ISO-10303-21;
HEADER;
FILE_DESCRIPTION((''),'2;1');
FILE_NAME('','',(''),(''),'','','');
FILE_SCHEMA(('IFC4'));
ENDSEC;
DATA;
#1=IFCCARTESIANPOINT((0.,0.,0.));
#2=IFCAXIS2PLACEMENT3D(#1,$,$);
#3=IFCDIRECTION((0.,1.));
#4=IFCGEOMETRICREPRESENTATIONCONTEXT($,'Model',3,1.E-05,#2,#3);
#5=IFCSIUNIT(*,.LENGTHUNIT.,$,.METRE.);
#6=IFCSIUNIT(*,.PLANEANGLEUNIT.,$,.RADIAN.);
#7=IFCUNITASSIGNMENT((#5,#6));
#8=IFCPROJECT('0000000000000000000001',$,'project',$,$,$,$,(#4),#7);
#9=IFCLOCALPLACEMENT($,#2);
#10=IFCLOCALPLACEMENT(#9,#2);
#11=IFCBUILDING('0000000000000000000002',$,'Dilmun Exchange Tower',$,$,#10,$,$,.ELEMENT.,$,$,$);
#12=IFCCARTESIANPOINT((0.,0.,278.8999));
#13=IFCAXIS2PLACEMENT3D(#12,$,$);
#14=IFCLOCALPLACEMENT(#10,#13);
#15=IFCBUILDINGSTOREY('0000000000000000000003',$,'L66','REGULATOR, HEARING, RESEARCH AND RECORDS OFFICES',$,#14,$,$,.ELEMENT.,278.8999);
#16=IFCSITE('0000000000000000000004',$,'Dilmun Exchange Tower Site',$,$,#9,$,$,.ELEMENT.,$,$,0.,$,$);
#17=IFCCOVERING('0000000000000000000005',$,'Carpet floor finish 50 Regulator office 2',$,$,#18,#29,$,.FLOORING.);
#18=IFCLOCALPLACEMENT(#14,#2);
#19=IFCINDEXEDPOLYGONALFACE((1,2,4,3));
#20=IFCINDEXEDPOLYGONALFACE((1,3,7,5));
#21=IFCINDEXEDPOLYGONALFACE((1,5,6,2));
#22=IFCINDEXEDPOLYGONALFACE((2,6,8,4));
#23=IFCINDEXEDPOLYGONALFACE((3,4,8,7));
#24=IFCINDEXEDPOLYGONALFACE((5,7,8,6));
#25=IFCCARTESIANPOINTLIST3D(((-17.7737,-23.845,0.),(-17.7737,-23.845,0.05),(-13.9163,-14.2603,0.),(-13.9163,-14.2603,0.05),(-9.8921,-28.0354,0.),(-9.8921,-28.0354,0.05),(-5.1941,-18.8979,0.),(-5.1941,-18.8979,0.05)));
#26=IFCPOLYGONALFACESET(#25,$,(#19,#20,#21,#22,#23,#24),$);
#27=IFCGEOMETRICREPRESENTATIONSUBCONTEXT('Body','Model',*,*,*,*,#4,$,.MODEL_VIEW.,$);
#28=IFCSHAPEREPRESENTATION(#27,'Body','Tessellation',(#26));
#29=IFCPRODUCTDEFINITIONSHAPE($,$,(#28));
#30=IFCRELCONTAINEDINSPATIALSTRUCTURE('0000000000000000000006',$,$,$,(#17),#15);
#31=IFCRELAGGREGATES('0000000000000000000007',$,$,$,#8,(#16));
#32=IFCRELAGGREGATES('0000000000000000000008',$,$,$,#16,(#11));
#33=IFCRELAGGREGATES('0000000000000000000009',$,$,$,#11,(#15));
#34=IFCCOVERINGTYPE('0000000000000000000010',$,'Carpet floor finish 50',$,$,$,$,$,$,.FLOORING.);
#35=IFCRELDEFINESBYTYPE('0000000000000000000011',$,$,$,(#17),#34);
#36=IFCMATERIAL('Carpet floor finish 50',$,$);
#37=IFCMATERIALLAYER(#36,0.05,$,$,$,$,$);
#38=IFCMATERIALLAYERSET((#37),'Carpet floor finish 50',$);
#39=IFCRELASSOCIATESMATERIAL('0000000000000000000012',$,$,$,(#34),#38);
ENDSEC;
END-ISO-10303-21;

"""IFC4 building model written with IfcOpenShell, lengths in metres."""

from ifc_helpers import new_model, si_unit, direction, frame, origin, place, context, subcontext, project, spatial, polyline, outline, extrude, material, layer, layer_set, type_object, element, save


model = new_model("IFC4")

# Units and contexts
model_context = context("Model", 3, precision=1e-05, world=origin(), true_north=direction((0.0, 1.0)))
body_context = subcontext(model_context, "Body", "Model", "MODEL_VIEW")
ifc_project = project(units=[si_unit("LENGTHUNIT", "METRE"), si_unit("PLANEANGLEUNIT", "RADIAN")], contexts=[model_context])

# Site, building, storey
site_placement = place(None, origin())
site = spatial("IfcSite", under=ifc_project, at=site_placement, Name="Dilmun Exchange Tower Site", CompositionType="ELEMENT", RefElevation=0.0)
building_placement = place(site_placement, origin())
building = spatial("IfcBuilding", under=site, at=building_placement, Name="Dilmun Exchange Tower", CompositionType="ELEMENT")
storey_placement = place(building_placement, frame((0.0, 0.0, 278.8999)))
storey = spatial("IfcBuildingStorey", under=building, at=storey_placement, Name="L66", Description="REGULATOR, HEARING, RESEARCH AND RECORDS OFFICES", CompositionType="ELEMENT", Elevation=278.8999)

# Covering
ifc_material_1 = material(Name="Carpet floor finish 50")
ifc_layer_1 = layer(ifc_material_1, 0.05)
ifc_layer_set_1 = layer_set([ifc_layer_1], Name="Carpet floor finish 50")
covering_type_1 = type_object("IfcCoveringType", Name="Carpet floor finish 50", PredefinedType="FLOORING", material=ifc_layer_set_1)
covering_1_placement = place(storey_placement, origin())
element("IfcCovering", 1, at=covering_1_placement, inside=storey, type_object=covering_type_1, Name="Carpet floor finish 50 Regulator office 2", PredefinedType="FLOORING", context=body_context, shape_type="SweptSolid", body=[
    extrude(outline(polyline([(-5.1941, -18.8979), (-9.8921, -28.0354), (-17.7737, -23.845), (-13.9163, -14.2603), (-5.1941, -18.8979)])), origin(), (0.0, 0.0, 1.0), 0.05),
])

save(model, "model.ifc")
